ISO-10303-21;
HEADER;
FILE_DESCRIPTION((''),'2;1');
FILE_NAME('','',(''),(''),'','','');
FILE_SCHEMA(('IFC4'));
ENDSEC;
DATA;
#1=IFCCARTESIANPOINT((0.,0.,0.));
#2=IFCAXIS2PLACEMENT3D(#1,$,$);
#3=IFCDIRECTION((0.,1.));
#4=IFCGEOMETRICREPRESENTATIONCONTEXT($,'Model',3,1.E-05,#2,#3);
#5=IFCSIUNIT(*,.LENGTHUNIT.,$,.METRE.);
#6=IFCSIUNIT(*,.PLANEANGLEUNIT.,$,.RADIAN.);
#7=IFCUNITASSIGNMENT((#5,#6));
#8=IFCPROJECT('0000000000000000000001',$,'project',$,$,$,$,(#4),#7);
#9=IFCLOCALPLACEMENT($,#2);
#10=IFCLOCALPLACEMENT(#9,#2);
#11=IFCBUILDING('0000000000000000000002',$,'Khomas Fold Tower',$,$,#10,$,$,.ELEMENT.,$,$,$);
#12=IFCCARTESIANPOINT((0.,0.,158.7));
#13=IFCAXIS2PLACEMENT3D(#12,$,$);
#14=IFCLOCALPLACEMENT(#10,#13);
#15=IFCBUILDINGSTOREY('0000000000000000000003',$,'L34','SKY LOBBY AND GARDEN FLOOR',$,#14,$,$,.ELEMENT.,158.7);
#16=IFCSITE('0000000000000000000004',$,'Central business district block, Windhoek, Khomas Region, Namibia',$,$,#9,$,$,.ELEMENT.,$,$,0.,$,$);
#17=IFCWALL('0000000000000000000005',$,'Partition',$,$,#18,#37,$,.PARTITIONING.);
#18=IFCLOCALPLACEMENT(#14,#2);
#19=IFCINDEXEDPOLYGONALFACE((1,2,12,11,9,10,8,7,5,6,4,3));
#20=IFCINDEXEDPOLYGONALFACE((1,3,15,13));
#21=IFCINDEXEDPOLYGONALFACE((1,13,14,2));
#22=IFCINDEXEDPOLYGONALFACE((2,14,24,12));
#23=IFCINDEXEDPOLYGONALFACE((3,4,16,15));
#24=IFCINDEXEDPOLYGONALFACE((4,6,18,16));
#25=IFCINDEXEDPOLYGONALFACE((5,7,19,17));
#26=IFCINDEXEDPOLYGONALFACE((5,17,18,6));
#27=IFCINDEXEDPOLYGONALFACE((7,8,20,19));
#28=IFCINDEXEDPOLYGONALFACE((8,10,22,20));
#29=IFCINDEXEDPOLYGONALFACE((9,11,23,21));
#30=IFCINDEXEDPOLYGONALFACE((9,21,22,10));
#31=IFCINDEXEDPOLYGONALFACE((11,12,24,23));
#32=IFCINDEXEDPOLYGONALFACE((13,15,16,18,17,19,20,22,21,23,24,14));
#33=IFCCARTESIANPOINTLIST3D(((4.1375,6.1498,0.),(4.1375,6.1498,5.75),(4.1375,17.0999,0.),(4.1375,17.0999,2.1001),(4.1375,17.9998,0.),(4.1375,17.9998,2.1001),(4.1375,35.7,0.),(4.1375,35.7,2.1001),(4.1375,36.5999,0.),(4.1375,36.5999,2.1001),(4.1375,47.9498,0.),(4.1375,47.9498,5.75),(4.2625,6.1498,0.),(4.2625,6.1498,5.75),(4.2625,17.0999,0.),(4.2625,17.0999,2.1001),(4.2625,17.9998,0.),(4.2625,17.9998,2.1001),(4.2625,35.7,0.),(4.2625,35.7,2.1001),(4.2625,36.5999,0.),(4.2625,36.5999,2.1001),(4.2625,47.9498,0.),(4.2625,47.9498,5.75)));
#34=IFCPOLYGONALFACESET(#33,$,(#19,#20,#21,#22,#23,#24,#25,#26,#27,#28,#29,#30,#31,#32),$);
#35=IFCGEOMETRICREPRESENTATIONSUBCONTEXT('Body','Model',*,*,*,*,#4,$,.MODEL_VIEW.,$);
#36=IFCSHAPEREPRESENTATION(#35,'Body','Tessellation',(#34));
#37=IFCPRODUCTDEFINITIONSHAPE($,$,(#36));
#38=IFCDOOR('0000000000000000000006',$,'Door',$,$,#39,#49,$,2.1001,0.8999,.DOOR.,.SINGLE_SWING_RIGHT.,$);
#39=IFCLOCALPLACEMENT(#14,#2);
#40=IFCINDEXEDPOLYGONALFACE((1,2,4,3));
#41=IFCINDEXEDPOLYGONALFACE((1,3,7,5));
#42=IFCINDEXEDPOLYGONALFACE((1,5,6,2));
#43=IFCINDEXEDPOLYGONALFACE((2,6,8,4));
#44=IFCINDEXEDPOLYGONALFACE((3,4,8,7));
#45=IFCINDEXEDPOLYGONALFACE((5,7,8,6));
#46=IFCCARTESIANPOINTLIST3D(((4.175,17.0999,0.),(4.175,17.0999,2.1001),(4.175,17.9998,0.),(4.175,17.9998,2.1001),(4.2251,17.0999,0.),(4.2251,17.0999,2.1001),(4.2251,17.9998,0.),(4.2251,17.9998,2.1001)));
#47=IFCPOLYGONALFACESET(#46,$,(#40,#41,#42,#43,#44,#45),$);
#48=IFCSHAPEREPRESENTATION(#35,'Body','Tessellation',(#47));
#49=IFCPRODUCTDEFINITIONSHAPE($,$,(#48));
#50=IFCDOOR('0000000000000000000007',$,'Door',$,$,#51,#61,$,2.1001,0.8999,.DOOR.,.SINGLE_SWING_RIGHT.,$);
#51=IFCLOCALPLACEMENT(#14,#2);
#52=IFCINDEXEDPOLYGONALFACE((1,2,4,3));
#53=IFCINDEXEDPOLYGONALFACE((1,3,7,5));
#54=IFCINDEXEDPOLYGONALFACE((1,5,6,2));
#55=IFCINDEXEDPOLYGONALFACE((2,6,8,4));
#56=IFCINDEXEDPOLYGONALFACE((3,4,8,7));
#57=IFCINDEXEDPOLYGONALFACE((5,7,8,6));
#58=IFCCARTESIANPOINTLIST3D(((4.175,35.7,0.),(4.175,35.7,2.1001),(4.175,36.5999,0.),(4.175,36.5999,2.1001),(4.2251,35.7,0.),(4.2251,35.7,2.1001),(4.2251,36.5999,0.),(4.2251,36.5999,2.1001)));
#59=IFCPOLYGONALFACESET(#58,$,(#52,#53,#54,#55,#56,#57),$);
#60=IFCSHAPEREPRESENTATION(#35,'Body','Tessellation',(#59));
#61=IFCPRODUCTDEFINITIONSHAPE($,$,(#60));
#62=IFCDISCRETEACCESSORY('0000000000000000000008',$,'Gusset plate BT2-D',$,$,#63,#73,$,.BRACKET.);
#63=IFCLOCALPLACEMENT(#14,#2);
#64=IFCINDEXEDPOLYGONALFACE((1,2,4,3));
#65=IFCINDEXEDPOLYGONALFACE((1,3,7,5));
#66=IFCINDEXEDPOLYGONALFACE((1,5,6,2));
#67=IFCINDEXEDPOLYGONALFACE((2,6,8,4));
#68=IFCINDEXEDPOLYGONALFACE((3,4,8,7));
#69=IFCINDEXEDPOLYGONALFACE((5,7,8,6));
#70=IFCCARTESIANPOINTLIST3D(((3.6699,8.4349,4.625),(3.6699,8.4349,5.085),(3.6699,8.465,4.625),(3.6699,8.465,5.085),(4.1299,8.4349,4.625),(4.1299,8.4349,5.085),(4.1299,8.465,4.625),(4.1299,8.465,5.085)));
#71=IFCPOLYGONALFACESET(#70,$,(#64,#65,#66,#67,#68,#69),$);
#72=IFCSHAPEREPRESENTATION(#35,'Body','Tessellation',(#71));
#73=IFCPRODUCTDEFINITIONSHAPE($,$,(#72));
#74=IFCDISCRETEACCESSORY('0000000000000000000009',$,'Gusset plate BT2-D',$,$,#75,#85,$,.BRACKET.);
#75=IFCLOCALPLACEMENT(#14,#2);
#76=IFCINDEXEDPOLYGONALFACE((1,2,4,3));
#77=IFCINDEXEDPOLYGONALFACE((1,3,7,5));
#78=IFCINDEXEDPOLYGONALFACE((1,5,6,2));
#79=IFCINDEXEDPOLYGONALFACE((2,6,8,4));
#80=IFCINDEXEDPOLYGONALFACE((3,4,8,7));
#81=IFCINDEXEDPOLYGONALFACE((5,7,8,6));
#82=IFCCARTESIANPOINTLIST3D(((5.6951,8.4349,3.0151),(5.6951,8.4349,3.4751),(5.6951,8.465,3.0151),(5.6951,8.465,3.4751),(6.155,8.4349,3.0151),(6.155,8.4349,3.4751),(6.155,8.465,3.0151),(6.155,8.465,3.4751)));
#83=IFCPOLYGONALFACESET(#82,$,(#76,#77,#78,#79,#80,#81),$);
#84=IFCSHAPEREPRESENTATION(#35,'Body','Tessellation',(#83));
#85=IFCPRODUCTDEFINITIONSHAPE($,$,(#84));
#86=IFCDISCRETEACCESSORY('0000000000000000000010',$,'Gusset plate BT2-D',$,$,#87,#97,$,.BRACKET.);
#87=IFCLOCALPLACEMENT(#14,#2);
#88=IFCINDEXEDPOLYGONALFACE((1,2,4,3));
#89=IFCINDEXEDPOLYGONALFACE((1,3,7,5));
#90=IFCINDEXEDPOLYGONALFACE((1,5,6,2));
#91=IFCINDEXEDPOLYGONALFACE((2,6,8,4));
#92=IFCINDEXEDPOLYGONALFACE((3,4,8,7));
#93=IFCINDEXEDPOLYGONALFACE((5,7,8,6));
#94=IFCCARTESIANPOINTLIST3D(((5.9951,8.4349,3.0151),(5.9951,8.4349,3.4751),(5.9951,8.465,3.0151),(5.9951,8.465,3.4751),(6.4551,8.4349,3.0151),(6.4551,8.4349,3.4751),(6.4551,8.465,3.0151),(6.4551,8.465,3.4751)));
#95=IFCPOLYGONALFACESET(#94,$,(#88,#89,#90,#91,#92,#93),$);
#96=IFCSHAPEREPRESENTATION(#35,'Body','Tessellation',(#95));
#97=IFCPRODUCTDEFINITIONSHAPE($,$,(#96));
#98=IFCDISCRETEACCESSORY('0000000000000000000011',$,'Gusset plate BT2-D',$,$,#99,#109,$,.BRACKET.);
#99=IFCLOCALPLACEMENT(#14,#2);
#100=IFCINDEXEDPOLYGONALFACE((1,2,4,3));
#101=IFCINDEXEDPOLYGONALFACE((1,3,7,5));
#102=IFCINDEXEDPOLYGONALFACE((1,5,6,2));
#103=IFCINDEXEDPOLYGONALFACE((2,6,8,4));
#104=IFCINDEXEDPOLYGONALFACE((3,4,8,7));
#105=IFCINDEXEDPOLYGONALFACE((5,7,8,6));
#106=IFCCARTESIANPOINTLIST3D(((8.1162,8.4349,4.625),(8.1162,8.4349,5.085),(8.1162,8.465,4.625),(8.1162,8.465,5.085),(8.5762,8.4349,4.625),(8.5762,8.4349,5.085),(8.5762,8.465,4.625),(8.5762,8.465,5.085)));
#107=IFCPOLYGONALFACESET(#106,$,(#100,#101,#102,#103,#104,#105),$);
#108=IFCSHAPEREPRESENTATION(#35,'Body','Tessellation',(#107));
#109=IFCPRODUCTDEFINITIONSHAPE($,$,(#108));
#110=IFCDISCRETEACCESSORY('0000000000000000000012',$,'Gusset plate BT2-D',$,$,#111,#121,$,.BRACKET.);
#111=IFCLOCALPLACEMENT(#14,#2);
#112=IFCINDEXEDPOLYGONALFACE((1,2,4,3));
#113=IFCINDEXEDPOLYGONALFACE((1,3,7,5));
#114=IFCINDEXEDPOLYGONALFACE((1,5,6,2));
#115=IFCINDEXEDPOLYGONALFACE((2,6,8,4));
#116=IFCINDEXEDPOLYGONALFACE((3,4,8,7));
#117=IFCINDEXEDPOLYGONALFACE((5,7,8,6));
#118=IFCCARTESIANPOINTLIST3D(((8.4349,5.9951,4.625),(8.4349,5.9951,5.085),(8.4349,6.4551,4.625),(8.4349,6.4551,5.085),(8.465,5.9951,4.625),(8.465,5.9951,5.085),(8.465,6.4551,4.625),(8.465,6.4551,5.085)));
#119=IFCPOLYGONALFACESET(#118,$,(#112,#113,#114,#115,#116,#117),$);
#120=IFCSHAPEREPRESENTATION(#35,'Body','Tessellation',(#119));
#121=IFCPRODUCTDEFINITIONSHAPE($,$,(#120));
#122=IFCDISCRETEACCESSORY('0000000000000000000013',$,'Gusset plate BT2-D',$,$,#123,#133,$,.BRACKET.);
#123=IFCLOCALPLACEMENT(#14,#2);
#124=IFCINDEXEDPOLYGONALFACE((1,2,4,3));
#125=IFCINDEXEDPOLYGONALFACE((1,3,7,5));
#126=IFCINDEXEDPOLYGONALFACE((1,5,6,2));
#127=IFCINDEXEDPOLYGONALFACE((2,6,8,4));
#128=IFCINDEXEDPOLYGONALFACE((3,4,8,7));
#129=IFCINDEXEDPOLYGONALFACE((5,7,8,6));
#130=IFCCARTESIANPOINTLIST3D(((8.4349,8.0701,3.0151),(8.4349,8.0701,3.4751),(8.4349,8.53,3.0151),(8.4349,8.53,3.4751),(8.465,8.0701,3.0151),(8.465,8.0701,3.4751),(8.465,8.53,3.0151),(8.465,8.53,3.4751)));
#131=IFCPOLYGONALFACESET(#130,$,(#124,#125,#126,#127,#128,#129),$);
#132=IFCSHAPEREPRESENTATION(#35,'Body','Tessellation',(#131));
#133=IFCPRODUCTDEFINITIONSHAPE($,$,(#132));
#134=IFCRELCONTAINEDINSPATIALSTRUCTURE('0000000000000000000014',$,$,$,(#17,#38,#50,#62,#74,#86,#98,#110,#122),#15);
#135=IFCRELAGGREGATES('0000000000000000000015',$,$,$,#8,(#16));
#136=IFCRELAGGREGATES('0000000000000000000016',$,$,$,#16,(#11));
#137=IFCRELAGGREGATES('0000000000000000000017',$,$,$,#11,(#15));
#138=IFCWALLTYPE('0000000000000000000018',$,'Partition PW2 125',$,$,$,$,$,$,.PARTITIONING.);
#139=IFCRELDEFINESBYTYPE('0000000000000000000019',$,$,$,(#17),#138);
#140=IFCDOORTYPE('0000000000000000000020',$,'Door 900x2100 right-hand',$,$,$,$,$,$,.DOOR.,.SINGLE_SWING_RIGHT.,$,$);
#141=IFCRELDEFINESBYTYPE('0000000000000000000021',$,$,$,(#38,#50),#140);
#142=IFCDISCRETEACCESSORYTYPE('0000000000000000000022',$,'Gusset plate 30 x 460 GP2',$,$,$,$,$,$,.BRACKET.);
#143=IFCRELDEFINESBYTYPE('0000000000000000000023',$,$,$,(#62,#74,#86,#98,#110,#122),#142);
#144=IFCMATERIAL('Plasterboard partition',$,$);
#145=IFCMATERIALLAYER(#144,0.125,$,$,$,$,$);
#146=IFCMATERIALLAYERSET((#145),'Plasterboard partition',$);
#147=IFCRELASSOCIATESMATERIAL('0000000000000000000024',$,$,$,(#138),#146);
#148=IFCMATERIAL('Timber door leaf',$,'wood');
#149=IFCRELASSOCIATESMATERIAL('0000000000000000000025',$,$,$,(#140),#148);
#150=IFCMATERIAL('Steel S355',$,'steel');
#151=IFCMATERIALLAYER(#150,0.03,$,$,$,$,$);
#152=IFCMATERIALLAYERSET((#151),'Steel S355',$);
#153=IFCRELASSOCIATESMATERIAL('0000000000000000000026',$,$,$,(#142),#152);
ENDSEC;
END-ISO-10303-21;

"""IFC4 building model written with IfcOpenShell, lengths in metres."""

from ifc_helpers import new_model, si_unit, direction, frame, frame_2d, origin, origin_2d, place, context, subcontext, project, spatial, rectangle, extrude, source, transform, mapped, material, layer, layer_set, type_object, element, fill, save


model = new_model("IFC4")

# Units and contexts
model_context = context("Model", 3, precision=1e-05, world=origin(), true_north=direction((0.0, 1.0)))
body_context = subcontext(model_context, "Body", "Model", "MODEL_VIEW")
ifc_project = project(units=[si_unit("LENGTHUNIT", "METRE"), si_unit("PLANEANGLEUNIT", "RADIAN")], contexts=[model_context])

# Site, building, storey
site_placement = place(None, origin())
site = spatial("IfcSite", under=ifc_project, at=site_placement, Name="Central business district block, Windhoek, Khomas Region, Namibia", CompositionType="ELEMENT", RefElevation=0.0)
building_placement = place(site_placement, origin())
building = spatial("IfcBuilding", under=site, at=building_placement, Name="Khomas Fold Tower", CompositionType="ELEMENT")
storey_placement = place(building_placement, frame((0.0, 0.0, 158.7)))
storey = spatial("IfcBuildingStorey", under=building, at=storey_placement, Name="L34", Description="SKY LOBBY AND GARDEN FLOOR", CompositionType="ELEMENT", Elevation=158.7)

# Wall, openings, doors
ifc_material_1 = material(Name="Plasterboard partition")
ifc_layer_1 = layer(ifc_material_1, 0.125)
ifc_layer_set_1 = layer_set([ifc_layer_1], Name="Plasterboard partition")
wall_type = type_object("IfcWallType", Name="Partition PW2 125", PredefinedType="PARTITIONING", material=ifc_layer_set_1)
shared_shape_1 = source(origin(), body_context, "Body", "SweptSolid", [
    extrude(rectangle(XDim=41.8, YDim=0.125, at=frame_2d((20.8999, 0.0))), origin(), (0.0, 0.0, 1.0), 5.75),
])
wall_placement = place(storey_placement, frame((4.2, 6.1499, 0.0), z_axis=(0.0, 0.0, 1.0), x_axis=(0.0, 1.0, 0.0)))
wall = element("IfcWall", 1, at=wall_placement, inside=storey, type_object=wall_type, Name="Partition", PredefinedType="PARTITIONING", context=body_context, shape_type="MappedRepresentation", body=[
    mapped(shared_shape_1, transform((0.0, 0.0, 0.0))),
])
shared_shape_2 = source(origin(), body_context, "Body", "SweptSolid", [
    extrude(rectangle(XDim=0.8999, YDim=2.1001, at=frame_2d((0.45, 1.05))), frame((0.0, 0.0725, 0.0), z_axis=(0.0, -1.0, 0.0), x_axis=(1.0, 0.0, 0.0)), (0.0, 0.0, 1.0), 0.145),
])
opening_1_placement = place(wall_placement, frame((10.95, 0.0, 0.0)))
opening_1 = element("IfcOpeningElement", 2, at=opening_1_placement, cuts=wall, PredefinedType="OPENING", context=body_context, shape_type="MappedRepresentation", body=[
    mapped(shared_shape_2, transform((0.0, 0.0, 0.0))),
])
opening_2_placement = place(wall_placement, frame((29.55, 0.0, 0.0)))
opening_2 = element("IfcOpeningElement", 3, at=opening_2_placement, cuts=wall, PredefinedType="OPENING", context=body_context, shape_type="MappedRepresentation", body=[
    mapped(shared_shape_2, transform((0.0, 0.0, 0.0))),
])
ifc_material_2 = material(Name="Timber door leaf", Category="wood")
door_type = type_object("IfcDoorType", Name="Door 900x2100 right-hand", OperationType="SINGLE_SWING_RIGHT", PredefinedType="DOOR", material=ifc_material_2)
shared_shape_3 = source(origin(), body_context, "Body", "SweptSolid", [
    extrude(rectangle(XDim=0.8999, YDim=2.1001, at=frame_2d((0.45, 1.05))), frame((0.0, 0.0249, 0.0), z_axis=(0.0, -1.0, 0.0), x_axis=(1.0, 0.0, 0.0)), (0.0, 0.0, 1.0), 0.05),
])
door_1_placement = place(opening_1_placement, origin())
door_1 = element("IfcDoor", 4, at=door_1_placement, inside=storey, type_object=door_type, Name="Door", OperationType="SINGLE_SWING_RIGHT", OverallHeight=2.1001, OverallWidth=0.8999, PredefinedType="DOOR", context=body_context, shape_type="MappedRepresentation", body=[
    mapped(shared_shape_3, transform((0.0, 0.0, 0.0))),
])
fill(opening_1, door_1)
door_2_placement = place(opening_2_placement, origin())
door_2 = element("IfcDoor", 5, at=door_2_placement, inside=storey, type_object=door_type, Name="Door", OperationType="SINGLE_SWING_RIGHT", OverallHeight=2.1001, OverallWidth=0.8999, PredefinedType="DOOR", context=body_context, shape_type="MappedRepresentation", body=[
    mapped(shared_shape_3, transform((0.0, 0.0, 0.0))),
])
fill(opening_2, door_2)

# Discrete accessories
ifc_material_3 = material(Name="Steel S355", Category="steel")
ifc_layer_2 = layer(ifc_material_3, 0.03)
ifc_layer_set_2 = layer_set([ifc_layer_2], Name="Steel S355")
discrete_accessory_type = type_object("IfcDiscreteAccessoryType", Name="Gusset plate 30 x 460 GP2", PredefinedType="BRACKET", material=ifc_layer_set_2)
shared_shape_4 = source(origin(), body_context, "Body", "SweptSolid", [
    extrude(rectangle(XDim=0.46, YDim=0.03, at=origin_2d()), origin(), (0.0, 0.0, 1.0), 0.46),
])
for number, where, z_axis, x_axis, name in (
    (6, (3.8999, 8.45, 4.625), (0.0, 0.0, 1.0), (1.0, 0.0, 0.0), "Gusset plate BT2-D"),
    (7, (5.925, 8.45, 3.0151), (0.0, 0.0, 1.0), (1.0, 0.0, 0.0), "Gusset plate BT2-D"),
    (8, (6.2251, 8.45, 3.0151), (0.0, 0.0, 1.0), (1.0, 0.0, 0.0), "Gusset plate BT2-D"),
    (9, (8.3462, 8.45, 4.625), (0.0, 0.0, 1.0), (1.0, 0.0, 0.0), "Gusset plate BT2-D"),
    (10, (8.45, 6.2251, 4.625), (0.0, 0.0, 1.0), (0.0, 1.0, 0.0), "Gusset plate BT2-D"),
    (11, (8.45, 8.3, 3.0151), (0.0, 0.0, 1.0), (0.0, 1.0, 0.0), "Gusset plate BT2-D"),
):
    element("IfcDiscreteAccessory", number, at=place(storey_placement, frame(where, z_axis=z_axis, x_axis=x_axis)), inside=storey, type_object=discrete_accessory_type, Name=name, PredefinedType="BRACKET", context=body_context, shape_type="MappedRepresentation", body=[
        mapped(shared_shape_4, transform((0.0, 0.0, 0.0))),
    ])

save(model, "model.ifc")
